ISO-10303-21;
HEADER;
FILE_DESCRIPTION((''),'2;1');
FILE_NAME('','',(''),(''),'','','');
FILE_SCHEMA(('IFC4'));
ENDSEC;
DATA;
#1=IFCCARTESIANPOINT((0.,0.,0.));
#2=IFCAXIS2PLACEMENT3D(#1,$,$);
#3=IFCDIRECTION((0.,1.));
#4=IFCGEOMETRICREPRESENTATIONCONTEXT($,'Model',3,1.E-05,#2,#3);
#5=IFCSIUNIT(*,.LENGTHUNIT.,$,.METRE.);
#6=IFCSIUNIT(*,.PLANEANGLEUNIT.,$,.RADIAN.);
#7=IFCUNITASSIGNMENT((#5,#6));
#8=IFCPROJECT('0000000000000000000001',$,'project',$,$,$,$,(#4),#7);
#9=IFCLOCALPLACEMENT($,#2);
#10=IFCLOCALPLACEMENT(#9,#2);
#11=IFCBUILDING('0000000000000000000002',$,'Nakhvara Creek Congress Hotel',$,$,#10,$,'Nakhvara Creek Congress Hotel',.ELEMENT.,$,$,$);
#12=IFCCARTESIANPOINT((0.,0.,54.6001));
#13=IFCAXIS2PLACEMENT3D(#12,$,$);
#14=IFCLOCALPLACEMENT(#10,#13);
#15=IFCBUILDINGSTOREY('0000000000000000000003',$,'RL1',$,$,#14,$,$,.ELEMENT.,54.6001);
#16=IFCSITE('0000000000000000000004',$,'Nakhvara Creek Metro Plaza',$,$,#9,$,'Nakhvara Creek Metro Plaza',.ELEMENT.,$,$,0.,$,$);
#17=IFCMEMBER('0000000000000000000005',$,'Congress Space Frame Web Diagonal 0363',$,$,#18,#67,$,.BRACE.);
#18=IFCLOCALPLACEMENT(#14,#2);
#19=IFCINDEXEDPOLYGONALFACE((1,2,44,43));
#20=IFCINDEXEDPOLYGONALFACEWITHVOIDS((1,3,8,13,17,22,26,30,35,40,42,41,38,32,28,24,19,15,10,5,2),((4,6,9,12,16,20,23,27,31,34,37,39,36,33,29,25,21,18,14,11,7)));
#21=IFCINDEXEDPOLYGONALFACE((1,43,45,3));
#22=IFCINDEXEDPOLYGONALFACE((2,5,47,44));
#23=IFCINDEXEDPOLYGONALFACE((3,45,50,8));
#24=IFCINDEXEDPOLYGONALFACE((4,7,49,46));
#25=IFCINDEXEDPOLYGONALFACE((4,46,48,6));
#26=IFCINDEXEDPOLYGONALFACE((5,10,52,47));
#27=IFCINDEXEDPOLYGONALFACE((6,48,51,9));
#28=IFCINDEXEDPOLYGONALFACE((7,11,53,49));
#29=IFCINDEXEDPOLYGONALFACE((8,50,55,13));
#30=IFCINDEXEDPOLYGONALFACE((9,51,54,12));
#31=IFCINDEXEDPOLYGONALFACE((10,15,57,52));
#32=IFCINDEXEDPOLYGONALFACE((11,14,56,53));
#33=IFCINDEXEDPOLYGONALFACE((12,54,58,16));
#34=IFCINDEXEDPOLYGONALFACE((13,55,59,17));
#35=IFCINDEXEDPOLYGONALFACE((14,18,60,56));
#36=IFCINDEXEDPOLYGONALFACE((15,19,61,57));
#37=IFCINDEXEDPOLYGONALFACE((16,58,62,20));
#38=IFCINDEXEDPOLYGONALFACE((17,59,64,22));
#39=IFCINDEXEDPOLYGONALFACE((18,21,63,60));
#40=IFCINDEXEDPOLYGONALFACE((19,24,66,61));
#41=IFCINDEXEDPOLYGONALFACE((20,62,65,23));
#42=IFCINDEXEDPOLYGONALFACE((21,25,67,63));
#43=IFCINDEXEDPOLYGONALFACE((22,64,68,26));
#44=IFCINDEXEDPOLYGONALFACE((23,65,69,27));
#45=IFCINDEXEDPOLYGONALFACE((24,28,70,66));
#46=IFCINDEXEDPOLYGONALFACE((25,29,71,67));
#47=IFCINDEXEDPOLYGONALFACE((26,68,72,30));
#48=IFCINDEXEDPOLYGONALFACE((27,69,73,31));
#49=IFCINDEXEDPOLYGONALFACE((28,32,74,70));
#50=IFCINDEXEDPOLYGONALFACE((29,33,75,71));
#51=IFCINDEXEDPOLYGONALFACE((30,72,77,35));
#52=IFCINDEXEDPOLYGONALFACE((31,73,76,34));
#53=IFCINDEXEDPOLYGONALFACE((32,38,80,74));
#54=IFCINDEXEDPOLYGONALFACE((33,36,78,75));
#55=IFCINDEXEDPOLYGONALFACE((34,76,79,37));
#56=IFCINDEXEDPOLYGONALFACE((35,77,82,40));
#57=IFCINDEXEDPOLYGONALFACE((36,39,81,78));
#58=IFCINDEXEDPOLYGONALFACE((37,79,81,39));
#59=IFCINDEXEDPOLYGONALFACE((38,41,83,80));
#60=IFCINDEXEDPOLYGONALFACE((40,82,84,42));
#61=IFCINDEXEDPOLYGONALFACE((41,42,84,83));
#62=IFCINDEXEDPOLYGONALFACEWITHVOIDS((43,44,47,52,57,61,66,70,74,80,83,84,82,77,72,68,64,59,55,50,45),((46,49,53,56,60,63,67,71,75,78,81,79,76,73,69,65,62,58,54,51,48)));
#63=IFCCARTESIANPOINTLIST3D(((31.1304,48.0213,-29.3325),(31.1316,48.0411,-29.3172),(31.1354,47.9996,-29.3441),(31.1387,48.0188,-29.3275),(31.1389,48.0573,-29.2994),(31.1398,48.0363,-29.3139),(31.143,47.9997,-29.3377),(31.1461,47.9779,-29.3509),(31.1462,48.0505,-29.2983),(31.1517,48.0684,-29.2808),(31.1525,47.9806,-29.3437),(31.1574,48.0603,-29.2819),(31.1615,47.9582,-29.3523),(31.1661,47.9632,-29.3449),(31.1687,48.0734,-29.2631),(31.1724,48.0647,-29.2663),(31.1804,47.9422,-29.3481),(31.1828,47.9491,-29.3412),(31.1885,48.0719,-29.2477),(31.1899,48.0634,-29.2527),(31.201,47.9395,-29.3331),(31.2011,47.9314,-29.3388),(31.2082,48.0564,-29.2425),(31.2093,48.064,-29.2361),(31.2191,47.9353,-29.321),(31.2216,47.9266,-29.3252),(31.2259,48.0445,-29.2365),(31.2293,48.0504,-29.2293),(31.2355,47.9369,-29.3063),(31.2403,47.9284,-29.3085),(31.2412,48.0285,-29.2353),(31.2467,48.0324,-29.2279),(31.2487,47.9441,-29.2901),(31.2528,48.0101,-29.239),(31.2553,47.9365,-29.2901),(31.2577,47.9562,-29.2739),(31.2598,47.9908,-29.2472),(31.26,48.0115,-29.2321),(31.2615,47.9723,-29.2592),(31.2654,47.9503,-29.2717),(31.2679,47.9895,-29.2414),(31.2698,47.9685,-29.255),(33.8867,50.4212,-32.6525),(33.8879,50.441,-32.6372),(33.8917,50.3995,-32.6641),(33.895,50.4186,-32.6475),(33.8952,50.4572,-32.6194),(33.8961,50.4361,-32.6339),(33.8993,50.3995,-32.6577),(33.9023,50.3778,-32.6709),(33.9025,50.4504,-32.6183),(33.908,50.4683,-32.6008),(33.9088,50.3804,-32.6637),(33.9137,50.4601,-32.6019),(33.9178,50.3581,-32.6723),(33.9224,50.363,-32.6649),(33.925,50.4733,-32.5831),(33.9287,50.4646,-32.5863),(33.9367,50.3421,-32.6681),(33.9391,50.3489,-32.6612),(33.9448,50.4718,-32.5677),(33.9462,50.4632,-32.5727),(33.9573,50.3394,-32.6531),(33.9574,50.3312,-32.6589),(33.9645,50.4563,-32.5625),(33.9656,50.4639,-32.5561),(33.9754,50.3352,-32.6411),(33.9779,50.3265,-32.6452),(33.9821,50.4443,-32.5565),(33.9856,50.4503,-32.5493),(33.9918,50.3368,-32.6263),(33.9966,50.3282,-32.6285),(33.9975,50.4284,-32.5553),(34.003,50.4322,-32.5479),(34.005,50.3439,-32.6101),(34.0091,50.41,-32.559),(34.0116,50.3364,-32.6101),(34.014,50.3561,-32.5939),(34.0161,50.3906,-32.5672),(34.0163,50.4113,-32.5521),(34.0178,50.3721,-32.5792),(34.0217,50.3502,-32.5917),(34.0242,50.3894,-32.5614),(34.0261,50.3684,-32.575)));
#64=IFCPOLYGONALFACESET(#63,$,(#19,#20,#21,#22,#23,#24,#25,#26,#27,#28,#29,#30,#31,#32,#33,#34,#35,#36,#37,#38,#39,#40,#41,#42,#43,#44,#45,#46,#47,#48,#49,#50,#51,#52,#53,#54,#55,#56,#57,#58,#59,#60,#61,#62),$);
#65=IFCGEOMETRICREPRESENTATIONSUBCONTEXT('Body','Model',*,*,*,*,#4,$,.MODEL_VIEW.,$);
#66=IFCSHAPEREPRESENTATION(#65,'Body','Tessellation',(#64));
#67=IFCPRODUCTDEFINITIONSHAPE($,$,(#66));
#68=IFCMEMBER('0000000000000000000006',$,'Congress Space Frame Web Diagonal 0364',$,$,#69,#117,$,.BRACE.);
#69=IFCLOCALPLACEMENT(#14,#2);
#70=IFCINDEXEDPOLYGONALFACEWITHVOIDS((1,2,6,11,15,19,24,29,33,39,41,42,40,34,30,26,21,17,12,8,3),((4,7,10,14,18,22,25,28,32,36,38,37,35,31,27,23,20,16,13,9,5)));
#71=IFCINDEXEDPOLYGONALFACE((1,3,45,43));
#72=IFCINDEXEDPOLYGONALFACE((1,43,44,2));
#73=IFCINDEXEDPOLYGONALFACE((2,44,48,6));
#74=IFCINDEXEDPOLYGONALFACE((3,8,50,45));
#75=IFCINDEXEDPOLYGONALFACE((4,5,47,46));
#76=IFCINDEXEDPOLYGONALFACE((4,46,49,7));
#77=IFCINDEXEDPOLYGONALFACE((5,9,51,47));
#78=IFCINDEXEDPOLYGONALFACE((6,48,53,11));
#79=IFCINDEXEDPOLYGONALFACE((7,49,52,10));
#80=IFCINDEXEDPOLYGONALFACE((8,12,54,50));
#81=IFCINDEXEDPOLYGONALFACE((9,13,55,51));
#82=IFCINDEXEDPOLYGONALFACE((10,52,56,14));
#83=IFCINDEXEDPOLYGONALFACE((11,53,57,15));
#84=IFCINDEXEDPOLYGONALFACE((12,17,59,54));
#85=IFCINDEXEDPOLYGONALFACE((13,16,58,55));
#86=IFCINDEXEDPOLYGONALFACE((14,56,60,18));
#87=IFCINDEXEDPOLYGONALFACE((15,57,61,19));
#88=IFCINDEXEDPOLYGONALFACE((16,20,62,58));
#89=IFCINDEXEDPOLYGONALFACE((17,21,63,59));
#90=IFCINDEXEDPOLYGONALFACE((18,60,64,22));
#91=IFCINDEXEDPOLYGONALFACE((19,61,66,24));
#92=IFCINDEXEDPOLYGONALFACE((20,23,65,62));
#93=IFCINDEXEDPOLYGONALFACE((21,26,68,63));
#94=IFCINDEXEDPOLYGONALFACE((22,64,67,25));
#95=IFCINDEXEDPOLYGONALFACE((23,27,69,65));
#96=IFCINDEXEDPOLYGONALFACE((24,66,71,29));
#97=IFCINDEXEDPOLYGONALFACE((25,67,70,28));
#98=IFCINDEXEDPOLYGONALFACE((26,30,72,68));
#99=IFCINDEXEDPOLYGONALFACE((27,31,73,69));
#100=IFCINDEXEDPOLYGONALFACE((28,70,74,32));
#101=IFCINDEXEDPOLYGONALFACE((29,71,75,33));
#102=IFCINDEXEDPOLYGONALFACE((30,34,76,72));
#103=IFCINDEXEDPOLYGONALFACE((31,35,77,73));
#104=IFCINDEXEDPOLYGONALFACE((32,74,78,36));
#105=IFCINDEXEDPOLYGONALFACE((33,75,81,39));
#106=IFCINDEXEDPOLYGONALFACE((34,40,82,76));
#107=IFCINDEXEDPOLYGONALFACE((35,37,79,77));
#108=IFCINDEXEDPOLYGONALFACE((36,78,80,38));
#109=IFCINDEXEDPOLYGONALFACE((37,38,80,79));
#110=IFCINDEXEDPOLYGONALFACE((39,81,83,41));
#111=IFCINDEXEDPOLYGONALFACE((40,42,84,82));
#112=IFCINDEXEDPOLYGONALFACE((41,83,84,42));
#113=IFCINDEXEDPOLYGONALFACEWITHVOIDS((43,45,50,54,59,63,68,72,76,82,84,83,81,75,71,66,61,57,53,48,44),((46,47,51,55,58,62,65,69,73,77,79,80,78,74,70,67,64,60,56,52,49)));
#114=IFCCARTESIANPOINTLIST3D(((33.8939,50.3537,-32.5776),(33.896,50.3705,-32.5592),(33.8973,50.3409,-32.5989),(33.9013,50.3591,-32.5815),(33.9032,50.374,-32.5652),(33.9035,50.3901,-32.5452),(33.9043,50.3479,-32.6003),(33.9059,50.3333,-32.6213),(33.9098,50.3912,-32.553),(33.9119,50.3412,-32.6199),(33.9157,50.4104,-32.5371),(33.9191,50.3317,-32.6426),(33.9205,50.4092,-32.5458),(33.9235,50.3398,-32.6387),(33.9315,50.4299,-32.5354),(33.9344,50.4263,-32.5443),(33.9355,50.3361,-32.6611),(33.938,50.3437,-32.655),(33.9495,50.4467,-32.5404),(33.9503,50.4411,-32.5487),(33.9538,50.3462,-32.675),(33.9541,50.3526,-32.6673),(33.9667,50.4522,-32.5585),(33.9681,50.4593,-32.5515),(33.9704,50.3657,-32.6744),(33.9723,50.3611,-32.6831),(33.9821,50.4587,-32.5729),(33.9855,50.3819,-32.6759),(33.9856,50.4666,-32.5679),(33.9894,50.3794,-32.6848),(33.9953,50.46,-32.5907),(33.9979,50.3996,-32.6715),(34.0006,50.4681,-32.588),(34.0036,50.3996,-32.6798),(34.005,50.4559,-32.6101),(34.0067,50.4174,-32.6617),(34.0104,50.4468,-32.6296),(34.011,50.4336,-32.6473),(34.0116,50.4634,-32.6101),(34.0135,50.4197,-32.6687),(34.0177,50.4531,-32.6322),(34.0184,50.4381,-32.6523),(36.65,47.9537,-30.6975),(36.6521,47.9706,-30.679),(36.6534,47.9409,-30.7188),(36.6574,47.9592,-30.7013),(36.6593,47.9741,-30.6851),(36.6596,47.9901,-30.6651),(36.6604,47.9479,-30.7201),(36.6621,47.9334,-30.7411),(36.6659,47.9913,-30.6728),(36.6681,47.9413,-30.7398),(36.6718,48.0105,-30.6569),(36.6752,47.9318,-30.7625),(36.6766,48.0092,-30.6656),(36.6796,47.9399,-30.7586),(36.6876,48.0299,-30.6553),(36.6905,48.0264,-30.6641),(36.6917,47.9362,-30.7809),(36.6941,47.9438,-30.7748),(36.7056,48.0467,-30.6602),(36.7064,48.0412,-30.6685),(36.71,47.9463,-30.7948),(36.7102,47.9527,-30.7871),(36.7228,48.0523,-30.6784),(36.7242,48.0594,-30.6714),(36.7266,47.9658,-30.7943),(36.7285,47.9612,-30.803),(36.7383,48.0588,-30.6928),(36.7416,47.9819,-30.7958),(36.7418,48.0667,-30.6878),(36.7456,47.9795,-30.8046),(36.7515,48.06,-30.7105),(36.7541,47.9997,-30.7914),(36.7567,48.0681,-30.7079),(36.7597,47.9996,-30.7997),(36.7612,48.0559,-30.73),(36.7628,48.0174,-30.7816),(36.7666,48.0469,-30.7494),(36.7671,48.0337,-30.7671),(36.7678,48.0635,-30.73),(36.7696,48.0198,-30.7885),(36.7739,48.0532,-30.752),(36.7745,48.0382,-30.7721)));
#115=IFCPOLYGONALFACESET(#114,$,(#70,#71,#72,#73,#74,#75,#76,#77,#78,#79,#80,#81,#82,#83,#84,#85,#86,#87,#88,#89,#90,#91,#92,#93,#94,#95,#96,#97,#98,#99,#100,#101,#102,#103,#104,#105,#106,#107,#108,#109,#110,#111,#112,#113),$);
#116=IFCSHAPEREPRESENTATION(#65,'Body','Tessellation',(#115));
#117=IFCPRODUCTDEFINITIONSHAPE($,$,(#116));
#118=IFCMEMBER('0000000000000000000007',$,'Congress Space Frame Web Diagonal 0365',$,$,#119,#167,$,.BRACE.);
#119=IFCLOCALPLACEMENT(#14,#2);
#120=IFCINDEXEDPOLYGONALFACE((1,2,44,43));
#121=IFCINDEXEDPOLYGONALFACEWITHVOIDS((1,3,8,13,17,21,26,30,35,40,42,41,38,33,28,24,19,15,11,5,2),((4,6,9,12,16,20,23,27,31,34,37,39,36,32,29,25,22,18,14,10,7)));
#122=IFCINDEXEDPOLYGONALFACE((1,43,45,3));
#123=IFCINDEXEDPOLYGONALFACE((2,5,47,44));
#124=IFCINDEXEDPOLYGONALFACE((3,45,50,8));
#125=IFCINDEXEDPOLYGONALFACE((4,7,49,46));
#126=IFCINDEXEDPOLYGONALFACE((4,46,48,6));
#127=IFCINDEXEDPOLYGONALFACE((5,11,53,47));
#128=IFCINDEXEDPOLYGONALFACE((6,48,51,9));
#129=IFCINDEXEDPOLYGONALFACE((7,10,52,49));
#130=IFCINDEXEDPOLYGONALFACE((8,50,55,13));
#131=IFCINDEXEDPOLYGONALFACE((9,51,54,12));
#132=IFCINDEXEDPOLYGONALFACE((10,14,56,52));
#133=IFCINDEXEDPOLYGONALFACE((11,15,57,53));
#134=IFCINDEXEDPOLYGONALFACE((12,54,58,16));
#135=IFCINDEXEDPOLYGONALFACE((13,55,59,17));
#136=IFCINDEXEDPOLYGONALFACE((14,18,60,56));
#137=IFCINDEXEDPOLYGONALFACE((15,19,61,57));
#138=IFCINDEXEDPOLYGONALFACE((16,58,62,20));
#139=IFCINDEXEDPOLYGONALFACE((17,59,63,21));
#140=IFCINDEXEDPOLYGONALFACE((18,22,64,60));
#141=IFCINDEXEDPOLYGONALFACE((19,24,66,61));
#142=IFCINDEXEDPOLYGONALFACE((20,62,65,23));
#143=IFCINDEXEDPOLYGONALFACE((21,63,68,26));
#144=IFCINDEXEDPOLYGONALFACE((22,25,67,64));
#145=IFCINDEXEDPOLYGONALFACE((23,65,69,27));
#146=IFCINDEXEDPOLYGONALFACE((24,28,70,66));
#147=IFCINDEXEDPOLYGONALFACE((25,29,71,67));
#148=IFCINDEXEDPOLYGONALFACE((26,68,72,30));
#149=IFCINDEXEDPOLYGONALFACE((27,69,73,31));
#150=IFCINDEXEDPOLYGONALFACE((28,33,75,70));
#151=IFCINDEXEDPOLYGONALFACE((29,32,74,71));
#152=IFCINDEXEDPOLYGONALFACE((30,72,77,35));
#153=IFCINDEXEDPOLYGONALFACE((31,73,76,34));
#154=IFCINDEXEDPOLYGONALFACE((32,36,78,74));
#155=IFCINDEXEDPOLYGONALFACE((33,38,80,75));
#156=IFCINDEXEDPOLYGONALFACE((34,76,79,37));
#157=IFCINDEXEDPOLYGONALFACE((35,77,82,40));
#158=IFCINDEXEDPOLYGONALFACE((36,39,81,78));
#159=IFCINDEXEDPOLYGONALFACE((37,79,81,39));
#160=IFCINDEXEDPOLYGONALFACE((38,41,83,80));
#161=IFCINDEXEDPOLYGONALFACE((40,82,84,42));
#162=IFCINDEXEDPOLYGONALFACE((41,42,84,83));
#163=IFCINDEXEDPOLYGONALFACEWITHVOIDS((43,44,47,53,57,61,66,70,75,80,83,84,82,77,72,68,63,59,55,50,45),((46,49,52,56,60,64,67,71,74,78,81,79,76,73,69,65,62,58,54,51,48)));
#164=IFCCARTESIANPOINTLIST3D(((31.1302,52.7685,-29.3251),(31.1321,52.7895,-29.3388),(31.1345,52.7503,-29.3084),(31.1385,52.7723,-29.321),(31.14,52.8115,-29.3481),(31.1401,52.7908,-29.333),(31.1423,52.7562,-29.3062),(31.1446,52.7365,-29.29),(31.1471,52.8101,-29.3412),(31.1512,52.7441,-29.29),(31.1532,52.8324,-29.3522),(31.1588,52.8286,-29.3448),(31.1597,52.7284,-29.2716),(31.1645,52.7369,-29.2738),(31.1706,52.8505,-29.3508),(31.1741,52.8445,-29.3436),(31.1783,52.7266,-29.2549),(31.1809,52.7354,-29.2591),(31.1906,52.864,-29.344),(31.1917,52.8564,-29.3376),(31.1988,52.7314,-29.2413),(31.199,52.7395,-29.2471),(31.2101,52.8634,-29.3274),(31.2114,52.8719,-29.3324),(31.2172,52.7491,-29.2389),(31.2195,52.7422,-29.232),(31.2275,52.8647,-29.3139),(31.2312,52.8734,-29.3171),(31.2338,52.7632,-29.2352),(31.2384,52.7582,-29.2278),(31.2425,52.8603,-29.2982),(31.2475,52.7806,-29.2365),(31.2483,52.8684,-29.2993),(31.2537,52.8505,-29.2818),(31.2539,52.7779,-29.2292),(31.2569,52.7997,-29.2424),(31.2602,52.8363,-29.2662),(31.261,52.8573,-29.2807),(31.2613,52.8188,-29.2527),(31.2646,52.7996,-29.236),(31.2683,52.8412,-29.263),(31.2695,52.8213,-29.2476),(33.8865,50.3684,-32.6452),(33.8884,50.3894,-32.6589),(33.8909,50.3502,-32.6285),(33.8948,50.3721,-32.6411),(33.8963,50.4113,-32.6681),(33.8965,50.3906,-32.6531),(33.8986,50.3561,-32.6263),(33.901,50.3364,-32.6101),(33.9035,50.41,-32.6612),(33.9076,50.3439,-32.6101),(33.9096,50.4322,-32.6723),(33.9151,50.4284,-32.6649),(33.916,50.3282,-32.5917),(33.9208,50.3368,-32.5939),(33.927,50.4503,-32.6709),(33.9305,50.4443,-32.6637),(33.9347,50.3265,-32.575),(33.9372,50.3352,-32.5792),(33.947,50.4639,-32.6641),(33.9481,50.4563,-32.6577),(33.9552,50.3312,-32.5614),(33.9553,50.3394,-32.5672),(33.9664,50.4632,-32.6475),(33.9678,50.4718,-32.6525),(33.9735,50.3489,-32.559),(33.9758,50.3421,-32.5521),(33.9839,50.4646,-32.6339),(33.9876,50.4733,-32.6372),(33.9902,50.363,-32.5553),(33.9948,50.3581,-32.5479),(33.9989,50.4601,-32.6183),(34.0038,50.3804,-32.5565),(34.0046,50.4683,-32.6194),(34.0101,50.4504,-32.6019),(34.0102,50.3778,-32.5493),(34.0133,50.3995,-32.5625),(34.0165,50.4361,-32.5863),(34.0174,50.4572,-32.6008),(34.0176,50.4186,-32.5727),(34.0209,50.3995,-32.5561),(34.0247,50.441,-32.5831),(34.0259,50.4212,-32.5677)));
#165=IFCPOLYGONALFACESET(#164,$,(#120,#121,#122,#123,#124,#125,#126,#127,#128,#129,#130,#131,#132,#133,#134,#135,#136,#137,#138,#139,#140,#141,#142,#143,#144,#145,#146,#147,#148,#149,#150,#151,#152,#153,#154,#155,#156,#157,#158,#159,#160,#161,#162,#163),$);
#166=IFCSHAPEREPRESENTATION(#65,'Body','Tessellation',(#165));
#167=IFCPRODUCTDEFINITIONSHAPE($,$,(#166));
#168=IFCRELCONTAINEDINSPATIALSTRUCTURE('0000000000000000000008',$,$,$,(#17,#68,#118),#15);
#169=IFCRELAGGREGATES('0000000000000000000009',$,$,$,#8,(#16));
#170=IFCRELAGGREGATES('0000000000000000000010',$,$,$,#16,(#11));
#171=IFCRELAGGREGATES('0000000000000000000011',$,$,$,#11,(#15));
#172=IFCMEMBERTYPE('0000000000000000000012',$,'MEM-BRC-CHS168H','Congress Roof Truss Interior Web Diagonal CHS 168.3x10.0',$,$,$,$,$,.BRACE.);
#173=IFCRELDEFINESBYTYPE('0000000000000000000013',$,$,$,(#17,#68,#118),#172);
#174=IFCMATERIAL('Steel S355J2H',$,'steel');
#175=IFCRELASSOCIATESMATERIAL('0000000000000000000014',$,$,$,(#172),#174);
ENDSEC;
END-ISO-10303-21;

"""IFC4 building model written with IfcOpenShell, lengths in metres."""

from ifc_helpers import new_model, si_unit, direction, frame, origin, origin_2d, place, context, subcontext, project, spatial, hollow_circle, extrude, material, material_profile, profile_set, type_object, element, save


model = new_model("IFC4")

# Units and contexts
model_context = context("Model", 3, precision=1e-05, world=origin(), true_north=direction((0.0, 1.0)))
body_context = subcontext(model_context, "Body", "Model", "MODEL_VIEW")
ifc_project = project(units=[si_unit("LENGTHUNIT", "METRE"), si_unit("PLANEANGLEUNIT", "RADIAN")], contexts=[model_context])

# Site, building, storey
site_placement = place(None, origin())
site = spatial("IfcSite", under=ifc_project, at=site_placement, Name="Nakhvara Creek Metro Plaza", LongName="Nakhvara Creek Metro Plaza", CompositionType="ELEMENT", RefElevation=0.0)
building_placement = place(site_placement, origin())
building = spatial("IfcBuilding", under=site, at=building_placement, Name="Nakhvara Creek Congress Hotel", LongName="Nakhvara Creek Congress Hotel", CompositionType="ELEMENT")
storey_placement = place(building_placement, frame((0.0, 0.0, 54.6001)))
storey = spatial("IfcBuildingStorey", under=building, at=storey_placement, Name="RL1", CompositionType="ELEMENT", Elevation=54.6001)

# Members
ifc_material_1 = material(Name="Steel S355J2H", Category="steel")
ifc_material_profile_1 = material_profile(ifc_material_1, hollow_circle(Radius=0.0842, WallThickness=0.01, at=origin_2d()), Name="CHS 168.3x10.0", Category="LoadBearing")
ifc_profile_set_1 = profile_set([ifc_material_profile_1], Name="Steel S355J2H")
member_type_1 = type_object("IfcMemberType", Name="MEM-BRC-CHS168H", Description="Congress Roof Truss Interior Web Diagonal CHS 168.3x10.0", PredefinedType="BRACE", material=ifc_profile_set_1)
member_1_placement = place(storey_placement, frame((33.9563, 50.3999, -32.6101), z_axis=(-0.558237, -0.486047, 0.672406), x_axis=(0.656658, -0.754188, 0.0)))
element("IfcMember", 1, at=member_1_placement, inside=storey, type_object=member_type_1, Name="Congress Space Frame Web Diagonal 0363", PredefinedType="BRACE", context=body_context, shape_type="SweptSolid", body=[
    extrude(hollow_circle(Radius=0.0842, WallThickness=0.01, at=origin_2d()), origin(), (0.0, 0.0, 1.0), 4.9375),
])
member_2_placement = place(storey_placement, frame((33.9563, 50.3999, -32.6101), z_axis=(0.670616, -0.583945, 0.457473), x_axis=(0.656691, 0.75416, 0.0)))
element("IfcMember", 2, at=member_2_placement, inside=storey, type_object=member_type_1, Name="Congress Space Frame Web Diagonal 0364", PredefinedType="BRACE", context=body_context, shape_type="SweptSolid", body=[
    extrude(hollow_circle(Radius=0.0842, WallThickness=0.01, at=origin_2d()), origin(), (0.0, 0.0, 1.0), 4.1099),
])
member_3_placement = place(storey_placement, frame((33.9563, 50.3999, -32.6101), z_axis=(-0.558224, 0.486085, 0.67239), x_axis=(-0.656696, -0.754155, 0.0)))
element("IfcMember", 3, at=member_3_placement, inside=storey, type_object=member_type_1, Name="Congress Space Frame Web Diagonal 0365", PredefinedType="BRACE", context=body_context, shape_type="SweptSolid", body=[
    extrude(hollow_circle(Radius=0.0842, WallThickness=0.01, at=origin_2d()), origin(), (0.0, 0.0, 1.0), 4.9377),
])

save(model, "model.ifc")
